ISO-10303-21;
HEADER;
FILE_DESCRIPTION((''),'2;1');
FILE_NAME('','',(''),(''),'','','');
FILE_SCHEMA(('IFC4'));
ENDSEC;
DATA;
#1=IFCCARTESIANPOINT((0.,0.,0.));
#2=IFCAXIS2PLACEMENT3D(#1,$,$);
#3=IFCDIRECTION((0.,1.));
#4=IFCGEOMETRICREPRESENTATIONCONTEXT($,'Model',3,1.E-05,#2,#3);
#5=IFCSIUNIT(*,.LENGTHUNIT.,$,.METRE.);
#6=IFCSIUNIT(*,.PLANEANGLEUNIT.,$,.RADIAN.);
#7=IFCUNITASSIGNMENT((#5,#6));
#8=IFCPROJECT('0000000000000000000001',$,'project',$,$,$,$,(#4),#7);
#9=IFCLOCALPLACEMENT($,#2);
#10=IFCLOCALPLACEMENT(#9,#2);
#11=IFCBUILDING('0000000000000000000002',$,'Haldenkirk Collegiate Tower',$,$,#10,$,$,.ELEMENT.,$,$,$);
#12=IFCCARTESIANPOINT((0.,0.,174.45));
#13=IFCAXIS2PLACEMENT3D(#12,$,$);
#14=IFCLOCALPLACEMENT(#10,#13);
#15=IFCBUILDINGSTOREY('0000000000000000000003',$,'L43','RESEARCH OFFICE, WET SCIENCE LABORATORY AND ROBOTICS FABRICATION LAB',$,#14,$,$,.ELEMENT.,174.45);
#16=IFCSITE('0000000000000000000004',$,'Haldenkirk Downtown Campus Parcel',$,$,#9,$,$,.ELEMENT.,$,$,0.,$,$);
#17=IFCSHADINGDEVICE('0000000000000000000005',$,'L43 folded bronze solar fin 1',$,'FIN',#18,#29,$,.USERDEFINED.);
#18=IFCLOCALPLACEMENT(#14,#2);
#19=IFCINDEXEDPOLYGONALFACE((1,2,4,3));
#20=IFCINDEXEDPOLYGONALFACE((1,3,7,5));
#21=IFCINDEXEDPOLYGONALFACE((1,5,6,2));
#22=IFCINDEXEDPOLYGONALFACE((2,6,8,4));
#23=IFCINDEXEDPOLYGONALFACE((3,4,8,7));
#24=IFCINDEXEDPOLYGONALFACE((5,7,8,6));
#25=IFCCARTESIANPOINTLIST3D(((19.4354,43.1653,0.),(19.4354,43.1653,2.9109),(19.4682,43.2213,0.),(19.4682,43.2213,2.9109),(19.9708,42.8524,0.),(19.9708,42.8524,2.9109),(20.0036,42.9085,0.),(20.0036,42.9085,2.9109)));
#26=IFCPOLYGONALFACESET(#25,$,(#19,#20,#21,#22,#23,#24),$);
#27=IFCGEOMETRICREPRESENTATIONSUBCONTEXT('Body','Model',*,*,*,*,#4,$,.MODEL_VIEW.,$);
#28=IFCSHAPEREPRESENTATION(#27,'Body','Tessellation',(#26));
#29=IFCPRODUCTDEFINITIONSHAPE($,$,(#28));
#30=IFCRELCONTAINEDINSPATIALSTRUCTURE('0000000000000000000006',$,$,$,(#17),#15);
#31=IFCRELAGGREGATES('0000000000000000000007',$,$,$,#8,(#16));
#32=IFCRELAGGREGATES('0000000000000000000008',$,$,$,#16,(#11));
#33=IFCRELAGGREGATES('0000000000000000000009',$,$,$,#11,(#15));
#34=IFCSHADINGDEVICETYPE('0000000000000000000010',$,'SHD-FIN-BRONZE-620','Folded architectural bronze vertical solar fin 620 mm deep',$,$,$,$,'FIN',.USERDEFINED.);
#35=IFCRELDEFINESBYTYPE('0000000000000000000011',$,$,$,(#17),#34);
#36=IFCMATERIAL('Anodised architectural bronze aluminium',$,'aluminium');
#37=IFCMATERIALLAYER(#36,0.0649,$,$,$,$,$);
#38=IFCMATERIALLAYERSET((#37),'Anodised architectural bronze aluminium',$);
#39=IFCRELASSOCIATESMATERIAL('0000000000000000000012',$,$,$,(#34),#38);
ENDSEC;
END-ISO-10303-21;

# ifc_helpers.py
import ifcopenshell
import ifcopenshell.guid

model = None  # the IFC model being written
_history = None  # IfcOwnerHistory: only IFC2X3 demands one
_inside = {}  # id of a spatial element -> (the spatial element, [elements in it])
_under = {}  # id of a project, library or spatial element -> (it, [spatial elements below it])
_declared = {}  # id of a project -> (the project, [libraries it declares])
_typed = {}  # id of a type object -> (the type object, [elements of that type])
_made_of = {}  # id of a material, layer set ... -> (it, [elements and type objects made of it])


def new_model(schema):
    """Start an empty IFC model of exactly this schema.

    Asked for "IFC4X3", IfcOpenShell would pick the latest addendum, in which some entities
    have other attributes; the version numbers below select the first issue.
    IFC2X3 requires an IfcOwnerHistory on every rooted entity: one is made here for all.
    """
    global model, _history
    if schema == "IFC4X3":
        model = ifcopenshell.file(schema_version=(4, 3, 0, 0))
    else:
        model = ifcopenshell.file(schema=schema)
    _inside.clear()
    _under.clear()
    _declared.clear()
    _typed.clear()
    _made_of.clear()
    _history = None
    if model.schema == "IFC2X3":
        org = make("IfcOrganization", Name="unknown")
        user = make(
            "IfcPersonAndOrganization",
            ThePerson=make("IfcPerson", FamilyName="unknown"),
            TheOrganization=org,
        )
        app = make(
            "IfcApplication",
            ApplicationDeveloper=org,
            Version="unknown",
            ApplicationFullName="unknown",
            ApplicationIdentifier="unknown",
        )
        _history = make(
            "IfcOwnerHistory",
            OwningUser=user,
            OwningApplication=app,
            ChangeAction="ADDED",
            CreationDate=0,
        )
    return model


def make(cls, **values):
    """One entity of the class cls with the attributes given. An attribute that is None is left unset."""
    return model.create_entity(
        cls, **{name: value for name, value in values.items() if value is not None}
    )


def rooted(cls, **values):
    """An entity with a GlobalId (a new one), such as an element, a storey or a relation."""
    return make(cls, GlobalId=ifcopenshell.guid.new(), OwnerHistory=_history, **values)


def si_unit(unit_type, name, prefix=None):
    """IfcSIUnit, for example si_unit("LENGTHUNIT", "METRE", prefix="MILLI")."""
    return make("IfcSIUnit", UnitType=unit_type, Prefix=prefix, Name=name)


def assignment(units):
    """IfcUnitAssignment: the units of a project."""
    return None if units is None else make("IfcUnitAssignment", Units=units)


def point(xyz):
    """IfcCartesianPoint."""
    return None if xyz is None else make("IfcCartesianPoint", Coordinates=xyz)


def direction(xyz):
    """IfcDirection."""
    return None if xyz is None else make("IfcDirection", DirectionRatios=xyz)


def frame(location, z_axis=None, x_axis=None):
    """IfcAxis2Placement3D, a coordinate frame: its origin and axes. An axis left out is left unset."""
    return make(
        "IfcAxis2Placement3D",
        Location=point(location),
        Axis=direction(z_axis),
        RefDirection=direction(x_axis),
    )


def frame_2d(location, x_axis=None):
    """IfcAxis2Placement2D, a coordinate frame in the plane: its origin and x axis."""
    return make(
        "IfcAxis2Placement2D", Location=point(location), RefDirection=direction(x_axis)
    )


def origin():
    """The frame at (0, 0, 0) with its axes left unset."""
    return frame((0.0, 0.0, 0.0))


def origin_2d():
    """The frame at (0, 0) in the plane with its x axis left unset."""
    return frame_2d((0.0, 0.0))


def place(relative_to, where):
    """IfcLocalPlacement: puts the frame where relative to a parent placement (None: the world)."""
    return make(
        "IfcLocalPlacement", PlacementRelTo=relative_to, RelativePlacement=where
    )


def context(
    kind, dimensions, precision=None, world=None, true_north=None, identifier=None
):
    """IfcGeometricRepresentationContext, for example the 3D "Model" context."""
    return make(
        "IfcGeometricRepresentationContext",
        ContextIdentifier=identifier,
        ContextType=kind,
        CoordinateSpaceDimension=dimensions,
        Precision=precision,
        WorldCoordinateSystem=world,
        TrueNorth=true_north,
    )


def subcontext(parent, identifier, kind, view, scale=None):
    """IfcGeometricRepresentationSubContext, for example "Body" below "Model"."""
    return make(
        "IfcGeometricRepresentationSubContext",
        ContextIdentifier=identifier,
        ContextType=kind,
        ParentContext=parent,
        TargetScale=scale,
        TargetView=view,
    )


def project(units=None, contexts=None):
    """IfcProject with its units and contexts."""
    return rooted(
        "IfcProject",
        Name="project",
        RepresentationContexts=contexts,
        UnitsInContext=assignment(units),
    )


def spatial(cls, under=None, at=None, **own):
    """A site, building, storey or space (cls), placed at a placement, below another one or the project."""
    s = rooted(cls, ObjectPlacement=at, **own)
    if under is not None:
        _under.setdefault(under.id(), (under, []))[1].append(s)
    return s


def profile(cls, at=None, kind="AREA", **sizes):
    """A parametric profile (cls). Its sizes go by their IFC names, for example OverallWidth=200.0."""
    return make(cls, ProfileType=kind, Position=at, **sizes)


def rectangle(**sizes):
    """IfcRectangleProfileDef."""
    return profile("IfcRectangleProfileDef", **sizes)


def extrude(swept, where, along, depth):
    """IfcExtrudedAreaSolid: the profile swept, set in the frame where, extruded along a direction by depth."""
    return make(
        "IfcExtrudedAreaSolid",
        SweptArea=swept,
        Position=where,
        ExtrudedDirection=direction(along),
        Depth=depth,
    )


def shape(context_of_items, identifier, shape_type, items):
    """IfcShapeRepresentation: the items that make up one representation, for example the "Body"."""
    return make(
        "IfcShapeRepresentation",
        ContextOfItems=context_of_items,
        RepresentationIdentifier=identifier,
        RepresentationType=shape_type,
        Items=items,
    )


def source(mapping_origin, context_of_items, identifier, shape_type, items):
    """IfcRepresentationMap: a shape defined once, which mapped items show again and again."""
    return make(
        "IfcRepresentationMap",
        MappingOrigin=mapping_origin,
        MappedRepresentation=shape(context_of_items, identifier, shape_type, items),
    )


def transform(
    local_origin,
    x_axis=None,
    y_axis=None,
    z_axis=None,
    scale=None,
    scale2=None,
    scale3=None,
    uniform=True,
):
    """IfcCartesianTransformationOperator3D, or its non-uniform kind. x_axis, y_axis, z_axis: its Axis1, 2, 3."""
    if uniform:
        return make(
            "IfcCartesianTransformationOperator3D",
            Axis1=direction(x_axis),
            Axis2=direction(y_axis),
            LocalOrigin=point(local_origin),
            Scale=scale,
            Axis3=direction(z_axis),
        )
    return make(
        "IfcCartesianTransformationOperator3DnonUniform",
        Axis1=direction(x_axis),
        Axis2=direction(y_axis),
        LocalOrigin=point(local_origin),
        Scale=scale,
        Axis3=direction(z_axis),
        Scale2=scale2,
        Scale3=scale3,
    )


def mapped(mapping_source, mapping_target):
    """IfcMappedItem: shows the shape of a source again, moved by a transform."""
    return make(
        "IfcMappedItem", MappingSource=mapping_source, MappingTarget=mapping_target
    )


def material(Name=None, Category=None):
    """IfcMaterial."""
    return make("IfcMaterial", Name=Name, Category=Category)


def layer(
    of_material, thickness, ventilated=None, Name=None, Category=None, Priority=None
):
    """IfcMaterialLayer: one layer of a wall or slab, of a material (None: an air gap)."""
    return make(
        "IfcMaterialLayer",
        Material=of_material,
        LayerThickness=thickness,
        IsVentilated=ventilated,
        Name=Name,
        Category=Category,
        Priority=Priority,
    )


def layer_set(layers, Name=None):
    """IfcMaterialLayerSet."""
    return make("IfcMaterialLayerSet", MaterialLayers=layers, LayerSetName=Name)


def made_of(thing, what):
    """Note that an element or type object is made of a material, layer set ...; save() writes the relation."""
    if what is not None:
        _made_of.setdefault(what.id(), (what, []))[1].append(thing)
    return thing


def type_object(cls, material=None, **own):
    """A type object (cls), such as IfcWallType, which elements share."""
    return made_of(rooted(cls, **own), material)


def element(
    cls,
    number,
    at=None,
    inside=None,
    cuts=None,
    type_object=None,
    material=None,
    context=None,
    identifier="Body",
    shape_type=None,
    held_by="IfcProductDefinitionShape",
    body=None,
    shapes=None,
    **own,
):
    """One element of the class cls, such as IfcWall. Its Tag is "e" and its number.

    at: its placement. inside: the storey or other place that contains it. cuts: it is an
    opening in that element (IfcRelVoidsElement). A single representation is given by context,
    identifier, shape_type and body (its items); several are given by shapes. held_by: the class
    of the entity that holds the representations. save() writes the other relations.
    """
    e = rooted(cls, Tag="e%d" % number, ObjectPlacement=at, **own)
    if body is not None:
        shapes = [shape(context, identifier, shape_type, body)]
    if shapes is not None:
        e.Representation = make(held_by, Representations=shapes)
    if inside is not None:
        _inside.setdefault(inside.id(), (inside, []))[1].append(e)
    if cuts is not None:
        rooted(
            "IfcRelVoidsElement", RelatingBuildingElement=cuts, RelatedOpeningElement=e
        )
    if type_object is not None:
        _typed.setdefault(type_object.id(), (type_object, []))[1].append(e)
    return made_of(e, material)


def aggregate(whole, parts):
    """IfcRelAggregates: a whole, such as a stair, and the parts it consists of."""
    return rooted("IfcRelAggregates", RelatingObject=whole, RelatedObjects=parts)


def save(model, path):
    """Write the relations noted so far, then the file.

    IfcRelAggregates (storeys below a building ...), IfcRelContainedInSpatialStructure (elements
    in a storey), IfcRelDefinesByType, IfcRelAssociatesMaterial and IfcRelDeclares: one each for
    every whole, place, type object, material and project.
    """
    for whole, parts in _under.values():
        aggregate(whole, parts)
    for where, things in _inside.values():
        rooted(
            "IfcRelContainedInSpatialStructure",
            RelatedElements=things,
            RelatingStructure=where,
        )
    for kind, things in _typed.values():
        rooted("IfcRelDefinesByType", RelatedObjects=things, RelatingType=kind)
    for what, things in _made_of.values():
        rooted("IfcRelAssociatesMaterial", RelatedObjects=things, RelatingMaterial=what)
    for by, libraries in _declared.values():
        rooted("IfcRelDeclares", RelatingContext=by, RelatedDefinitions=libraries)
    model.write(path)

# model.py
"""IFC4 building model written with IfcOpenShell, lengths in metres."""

from ifc_helpers import new_model, si_unit, direction, frame, origin, origin_2d, place, context, subcontext, project, spatial, rectangle, extrude, source, transform, mapped, material, layer, layer_set, type_object, element, save


model = new_model("IFC4")

# Units and contexts
model_context = context("Model", 3, precision=1e-05, world=origin(), true_north=direction((0.0, 1.0)))
body_context = subcontext(model_context, "Body", "Model", "MODEL_VIEW")
ifc_project = project(units=[si_unit("LENGTHUNIT", "METRE"), si_unit("PLANEANGLEUNIT", "RADIAN")], contexts=[model_context])

# Site, building, storey
site_placement = place(None, origin())
site = spatial("IfcSite", under=ifc_project, at=site_placement, Name="Haldenkirk Downtown Campus Parcel", CompositionType="ELEMENT", RefElevation=0.0)
building_placement = place(site_placement, origin())
building = spatial("IfcBuilding", under=site, at=building_placement, Name="Haldenkirk Collegiate Tower", CompositionType="ELEMENT")
storey_placement = place(building_placement, frame((0.0, 0.0, 174.45)))
storey = spatial("IfcBuildingStorey", under=building, at=storey_placement, Name="L43", Description="RESEARCH OFFICE, WET SCIENCE LABORATORY AND ROBOTICS FABRICATION LAB", CompositionType="ELEMENT", Elevation=174.45)

# Shared definitions
ifc_material_1 = material(Name="Anodised architectural bronze aluminium", Category="aluminium")

# Shading device
ifc_layer_1 = layer(ifc_material_1, 0.0649)
ifc_layer_set_1 = layer_set([ifc_layer_1], Name="Anodised architectural bronze aluminium")
shading_device_type = type_object("IfcShadingDeviceType", Name="SHD-FIN-BRONZE-620", Description="Folded architectural bronze vertical solar fin 620 mm deep", ElementType="FIN", PredefinedType="USERDEFINED", material=ifc_layer_set_1)
shared_shape_1 = source(origin(), body_context, "Body", "SweptSolid", [
    extrude(rectangle(XDim=0.6201, YDim=0.0649, at=origin_2d()), origin(), (0.0, 0.0, 1.0), 2.9109),
])
shading_device_placement = place(storey_placement, frame((19.7195, 43.0369, 0.0), z_axis=(0.0, 0.0, 1.0), x_axis=(-0.863396, 0.504528, 0.0)))
element("IfcShadingDevice", 1, at=shading_device_placement, inside=storey, type_object=shading_device_type, Name="L43 folded bronze solar fin 1", ObjectType="FIN", PredefinedType="USERDEFINED", context=body_context, shape_type="MappedRepresentation", body=[
    mapped(shared_shape_1, transform((0.0, 0.0, 0.0), x_axis=(1.0, 0.0, 0.0), y_axis=(0.0, 1.0, 0.0), z_axis=(0.0, 0.0, 1.0), scale=1.0)),
])

save(model, "model.ifc")
